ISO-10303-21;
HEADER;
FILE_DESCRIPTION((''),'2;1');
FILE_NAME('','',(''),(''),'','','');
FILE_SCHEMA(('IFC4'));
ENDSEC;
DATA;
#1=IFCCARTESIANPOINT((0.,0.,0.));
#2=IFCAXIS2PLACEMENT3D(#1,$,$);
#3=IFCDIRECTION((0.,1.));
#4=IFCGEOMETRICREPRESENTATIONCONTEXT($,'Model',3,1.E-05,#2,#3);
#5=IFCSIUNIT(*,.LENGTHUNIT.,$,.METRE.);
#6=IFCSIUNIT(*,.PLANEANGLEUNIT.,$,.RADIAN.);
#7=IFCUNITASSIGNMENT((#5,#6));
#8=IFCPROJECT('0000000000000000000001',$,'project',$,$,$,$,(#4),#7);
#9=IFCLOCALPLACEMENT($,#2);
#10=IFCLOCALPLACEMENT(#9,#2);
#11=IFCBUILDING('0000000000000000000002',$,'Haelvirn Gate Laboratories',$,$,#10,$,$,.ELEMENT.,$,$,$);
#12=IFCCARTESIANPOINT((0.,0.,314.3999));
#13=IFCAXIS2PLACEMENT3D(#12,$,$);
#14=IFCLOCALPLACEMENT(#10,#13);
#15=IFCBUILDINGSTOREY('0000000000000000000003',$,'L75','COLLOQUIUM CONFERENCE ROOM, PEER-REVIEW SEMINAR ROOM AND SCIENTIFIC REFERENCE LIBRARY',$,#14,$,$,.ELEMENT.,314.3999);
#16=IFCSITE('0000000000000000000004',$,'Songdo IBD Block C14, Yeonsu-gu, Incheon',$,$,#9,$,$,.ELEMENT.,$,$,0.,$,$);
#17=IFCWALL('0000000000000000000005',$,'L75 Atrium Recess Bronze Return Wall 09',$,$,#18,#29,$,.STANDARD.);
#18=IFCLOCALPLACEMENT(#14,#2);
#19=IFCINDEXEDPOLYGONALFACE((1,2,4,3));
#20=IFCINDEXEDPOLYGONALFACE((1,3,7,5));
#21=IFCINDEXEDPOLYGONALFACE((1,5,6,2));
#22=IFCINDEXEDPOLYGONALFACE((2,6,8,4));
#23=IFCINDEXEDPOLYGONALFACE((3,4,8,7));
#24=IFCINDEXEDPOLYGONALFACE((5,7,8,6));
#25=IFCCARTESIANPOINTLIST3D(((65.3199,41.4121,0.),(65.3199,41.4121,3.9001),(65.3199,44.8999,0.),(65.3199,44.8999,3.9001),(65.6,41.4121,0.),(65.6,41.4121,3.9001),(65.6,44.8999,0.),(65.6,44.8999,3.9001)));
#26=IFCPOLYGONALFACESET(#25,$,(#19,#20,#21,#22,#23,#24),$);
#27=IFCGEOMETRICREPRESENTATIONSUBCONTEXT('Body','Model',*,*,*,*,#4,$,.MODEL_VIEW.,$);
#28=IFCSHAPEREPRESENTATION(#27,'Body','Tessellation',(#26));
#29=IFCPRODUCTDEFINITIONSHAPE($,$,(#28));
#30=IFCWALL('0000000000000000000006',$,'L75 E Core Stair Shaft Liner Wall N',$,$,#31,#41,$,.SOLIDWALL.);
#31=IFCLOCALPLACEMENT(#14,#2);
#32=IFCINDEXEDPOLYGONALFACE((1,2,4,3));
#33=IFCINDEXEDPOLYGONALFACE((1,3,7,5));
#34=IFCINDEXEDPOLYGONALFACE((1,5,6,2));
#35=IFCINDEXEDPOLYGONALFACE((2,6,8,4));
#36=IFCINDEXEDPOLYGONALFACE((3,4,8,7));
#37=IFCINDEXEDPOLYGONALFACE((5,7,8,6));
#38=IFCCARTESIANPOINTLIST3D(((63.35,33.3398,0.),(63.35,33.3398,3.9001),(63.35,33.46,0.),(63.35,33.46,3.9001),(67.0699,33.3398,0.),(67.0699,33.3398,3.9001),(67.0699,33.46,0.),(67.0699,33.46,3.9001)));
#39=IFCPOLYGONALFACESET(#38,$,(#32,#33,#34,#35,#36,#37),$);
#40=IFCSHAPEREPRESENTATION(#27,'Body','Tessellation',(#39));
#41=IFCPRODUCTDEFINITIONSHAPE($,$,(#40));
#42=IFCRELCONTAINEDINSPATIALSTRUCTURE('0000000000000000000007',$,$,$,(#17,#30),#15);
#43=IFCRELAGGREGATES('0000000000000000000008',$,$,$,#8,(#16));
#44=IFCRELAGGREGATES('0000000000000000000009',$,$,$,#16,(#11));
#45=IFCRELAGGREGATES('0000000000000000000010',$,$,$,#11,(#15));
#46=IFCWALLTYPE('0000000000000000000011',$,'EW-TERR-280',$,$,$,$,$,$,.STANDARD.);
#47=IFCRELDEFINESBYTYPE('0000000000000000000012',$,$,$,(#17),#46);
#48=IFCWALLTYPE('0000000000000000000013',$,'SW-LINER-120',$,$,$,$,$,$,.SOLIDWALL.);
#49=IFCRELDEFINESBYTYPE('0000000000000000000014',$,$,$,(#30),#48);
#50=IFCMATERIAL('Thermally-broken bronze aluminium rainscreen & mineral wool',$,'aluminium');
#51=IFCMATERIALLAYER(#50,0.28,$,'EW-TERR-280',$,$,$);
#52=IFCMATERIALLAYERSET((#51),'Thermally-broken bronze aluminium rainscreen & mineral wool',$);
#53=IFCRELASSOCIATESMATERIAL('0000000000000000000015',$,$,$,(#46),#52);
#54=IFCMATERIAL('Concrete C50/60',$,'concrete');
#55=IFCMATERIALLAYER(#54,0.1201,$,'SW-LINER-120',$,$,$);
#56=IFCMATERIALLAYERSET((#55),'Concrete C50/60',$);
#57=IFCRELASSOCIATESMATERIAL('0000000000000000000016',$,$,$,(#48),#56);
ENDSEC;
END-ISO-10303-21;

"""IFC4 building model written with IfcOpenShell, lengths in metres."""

from ifc_helpers import new_model, si_unit, direction, frame, frame_2d, origin, place, context, subcontext, project, spatial, rectangle, extrude, material, layer, layer_set, type_object, element, save


model = new_model("IFC4")

# Units and contexts
model_context = context("Model", 3, precision=1e-05, world=origin(), true_north=direction((0.0, 1.0)))
body_context = subcontext(model_context, "Body", "Model", "MODEL_VIEW")
ifc_project = project(units=[si_unit("LENGTHUNIT", "METRE"), si_unit("PLANEANGLEUNIT", "RADIAN")], contexts=[model_context])

# Site, building, storey
site_placement = place(None, origin())
site = spatial("IfcSite", under=ifc_project, at=site_placement, Name="Songdo IBD Block C14, Yeonsu-gu, Incheon", CompositionType="ELEMENT", RefElevation=0.0)
building_placement = place(site_placement, origin())
building = spatial("IfcBuilding", under=site, at=building_placement, Name="Haelvirn Gate Laboratories", CompositionType="ELEMENT")
storey_placement = place(building_placement, frame((0.0, 0.0, 314.3999)))
storey = spatial("IfcBuildingStorey", under=building, at=storey_placement, Name="L75", Description="COLLOQUIUM CONFERENCE ROOM, PEER-REVIEW SEMINAR ROOM AND SCIENTIFIC REFERENCE LIBRARY", CompositionType="ELEMENT", Elevation=314.3999)

# Shared definitions
ifc_material_1 = material(Name="Concrete C50/60", Category="concrete")

# Walls
ifc_material_2 = material(Name="Thermally-broken bronze aluminium rainscreen & mineral wool", Category="aluminium")
ifc_layer_1 = layer(ifc_material_2, 0.28, Name="EW-TERR-280")
ifc_layer_set_1 = layer_set([ifc_layer_1], Name="Thermally-broken bronze aluminium rainscreen & mineral wool")
wall_type_1 = type_object("IfcWallType", Name="EW-TERR-280", PredefinedType="STANDARD", material=ifc_layer_set_1)
wall_1_placement = place(storey_placement, frame((65.46, 41.4121, 0.0), z_axis=(0.0, 0.0, 1.0), x_axis=(0.0, 1.0, 0.0)))
element("IfcWall", 1, at=wall_1_placement, inside=storey, type_object=wall_type_1, Name="L75 Atrium Recess Bronze Return Wall 09", PredefinedType="STANDARD", context=body_context, shape_type="SweptSolid", body=[
    extrude(rectangle(XDim=3.4878, YDim=0.28, at=frame_2d((1.7439, 0.0))), origin(), (0.0, 0.0, 1.0), 3.9001),
])
ifc_layer_2 = layer(ifc_material_1, 0.1201, Name="SW-LINER-120")
ifc_layer_set_2 = layer_set([ifc_layer_2], Name="Concrete C50/60")
wall_type_2 = type_object("IfcWallType", Name="SW-LINER-120", PredefinedType="SOLIDWALL", material=ifc_layer_set_2)
wall_2_placement = place(storey_placement, frame((63.3501, 33.3999, 0.0), z_axis=(0.0, 0.0, 1.0), x_axis=(1.0, 0.0, 0.0)))
element("IfcWall", 2, at=wall_2_placement, inside=storey, type_object=wall_type_2, Name="L75 E Core Stair Shaft Liner Wall N", PredefinedType="SOLIDWALL", context=body_context, shape_type="SweptSolid", body=[
    extrude(rectangle(XDim=3.72, YDim=0.1201, at=frame_2d((1.8599, 0.0))), origin(), (0.0, 0.0, 1.0), 3.9001),
])

save(model, "model.ifc")
